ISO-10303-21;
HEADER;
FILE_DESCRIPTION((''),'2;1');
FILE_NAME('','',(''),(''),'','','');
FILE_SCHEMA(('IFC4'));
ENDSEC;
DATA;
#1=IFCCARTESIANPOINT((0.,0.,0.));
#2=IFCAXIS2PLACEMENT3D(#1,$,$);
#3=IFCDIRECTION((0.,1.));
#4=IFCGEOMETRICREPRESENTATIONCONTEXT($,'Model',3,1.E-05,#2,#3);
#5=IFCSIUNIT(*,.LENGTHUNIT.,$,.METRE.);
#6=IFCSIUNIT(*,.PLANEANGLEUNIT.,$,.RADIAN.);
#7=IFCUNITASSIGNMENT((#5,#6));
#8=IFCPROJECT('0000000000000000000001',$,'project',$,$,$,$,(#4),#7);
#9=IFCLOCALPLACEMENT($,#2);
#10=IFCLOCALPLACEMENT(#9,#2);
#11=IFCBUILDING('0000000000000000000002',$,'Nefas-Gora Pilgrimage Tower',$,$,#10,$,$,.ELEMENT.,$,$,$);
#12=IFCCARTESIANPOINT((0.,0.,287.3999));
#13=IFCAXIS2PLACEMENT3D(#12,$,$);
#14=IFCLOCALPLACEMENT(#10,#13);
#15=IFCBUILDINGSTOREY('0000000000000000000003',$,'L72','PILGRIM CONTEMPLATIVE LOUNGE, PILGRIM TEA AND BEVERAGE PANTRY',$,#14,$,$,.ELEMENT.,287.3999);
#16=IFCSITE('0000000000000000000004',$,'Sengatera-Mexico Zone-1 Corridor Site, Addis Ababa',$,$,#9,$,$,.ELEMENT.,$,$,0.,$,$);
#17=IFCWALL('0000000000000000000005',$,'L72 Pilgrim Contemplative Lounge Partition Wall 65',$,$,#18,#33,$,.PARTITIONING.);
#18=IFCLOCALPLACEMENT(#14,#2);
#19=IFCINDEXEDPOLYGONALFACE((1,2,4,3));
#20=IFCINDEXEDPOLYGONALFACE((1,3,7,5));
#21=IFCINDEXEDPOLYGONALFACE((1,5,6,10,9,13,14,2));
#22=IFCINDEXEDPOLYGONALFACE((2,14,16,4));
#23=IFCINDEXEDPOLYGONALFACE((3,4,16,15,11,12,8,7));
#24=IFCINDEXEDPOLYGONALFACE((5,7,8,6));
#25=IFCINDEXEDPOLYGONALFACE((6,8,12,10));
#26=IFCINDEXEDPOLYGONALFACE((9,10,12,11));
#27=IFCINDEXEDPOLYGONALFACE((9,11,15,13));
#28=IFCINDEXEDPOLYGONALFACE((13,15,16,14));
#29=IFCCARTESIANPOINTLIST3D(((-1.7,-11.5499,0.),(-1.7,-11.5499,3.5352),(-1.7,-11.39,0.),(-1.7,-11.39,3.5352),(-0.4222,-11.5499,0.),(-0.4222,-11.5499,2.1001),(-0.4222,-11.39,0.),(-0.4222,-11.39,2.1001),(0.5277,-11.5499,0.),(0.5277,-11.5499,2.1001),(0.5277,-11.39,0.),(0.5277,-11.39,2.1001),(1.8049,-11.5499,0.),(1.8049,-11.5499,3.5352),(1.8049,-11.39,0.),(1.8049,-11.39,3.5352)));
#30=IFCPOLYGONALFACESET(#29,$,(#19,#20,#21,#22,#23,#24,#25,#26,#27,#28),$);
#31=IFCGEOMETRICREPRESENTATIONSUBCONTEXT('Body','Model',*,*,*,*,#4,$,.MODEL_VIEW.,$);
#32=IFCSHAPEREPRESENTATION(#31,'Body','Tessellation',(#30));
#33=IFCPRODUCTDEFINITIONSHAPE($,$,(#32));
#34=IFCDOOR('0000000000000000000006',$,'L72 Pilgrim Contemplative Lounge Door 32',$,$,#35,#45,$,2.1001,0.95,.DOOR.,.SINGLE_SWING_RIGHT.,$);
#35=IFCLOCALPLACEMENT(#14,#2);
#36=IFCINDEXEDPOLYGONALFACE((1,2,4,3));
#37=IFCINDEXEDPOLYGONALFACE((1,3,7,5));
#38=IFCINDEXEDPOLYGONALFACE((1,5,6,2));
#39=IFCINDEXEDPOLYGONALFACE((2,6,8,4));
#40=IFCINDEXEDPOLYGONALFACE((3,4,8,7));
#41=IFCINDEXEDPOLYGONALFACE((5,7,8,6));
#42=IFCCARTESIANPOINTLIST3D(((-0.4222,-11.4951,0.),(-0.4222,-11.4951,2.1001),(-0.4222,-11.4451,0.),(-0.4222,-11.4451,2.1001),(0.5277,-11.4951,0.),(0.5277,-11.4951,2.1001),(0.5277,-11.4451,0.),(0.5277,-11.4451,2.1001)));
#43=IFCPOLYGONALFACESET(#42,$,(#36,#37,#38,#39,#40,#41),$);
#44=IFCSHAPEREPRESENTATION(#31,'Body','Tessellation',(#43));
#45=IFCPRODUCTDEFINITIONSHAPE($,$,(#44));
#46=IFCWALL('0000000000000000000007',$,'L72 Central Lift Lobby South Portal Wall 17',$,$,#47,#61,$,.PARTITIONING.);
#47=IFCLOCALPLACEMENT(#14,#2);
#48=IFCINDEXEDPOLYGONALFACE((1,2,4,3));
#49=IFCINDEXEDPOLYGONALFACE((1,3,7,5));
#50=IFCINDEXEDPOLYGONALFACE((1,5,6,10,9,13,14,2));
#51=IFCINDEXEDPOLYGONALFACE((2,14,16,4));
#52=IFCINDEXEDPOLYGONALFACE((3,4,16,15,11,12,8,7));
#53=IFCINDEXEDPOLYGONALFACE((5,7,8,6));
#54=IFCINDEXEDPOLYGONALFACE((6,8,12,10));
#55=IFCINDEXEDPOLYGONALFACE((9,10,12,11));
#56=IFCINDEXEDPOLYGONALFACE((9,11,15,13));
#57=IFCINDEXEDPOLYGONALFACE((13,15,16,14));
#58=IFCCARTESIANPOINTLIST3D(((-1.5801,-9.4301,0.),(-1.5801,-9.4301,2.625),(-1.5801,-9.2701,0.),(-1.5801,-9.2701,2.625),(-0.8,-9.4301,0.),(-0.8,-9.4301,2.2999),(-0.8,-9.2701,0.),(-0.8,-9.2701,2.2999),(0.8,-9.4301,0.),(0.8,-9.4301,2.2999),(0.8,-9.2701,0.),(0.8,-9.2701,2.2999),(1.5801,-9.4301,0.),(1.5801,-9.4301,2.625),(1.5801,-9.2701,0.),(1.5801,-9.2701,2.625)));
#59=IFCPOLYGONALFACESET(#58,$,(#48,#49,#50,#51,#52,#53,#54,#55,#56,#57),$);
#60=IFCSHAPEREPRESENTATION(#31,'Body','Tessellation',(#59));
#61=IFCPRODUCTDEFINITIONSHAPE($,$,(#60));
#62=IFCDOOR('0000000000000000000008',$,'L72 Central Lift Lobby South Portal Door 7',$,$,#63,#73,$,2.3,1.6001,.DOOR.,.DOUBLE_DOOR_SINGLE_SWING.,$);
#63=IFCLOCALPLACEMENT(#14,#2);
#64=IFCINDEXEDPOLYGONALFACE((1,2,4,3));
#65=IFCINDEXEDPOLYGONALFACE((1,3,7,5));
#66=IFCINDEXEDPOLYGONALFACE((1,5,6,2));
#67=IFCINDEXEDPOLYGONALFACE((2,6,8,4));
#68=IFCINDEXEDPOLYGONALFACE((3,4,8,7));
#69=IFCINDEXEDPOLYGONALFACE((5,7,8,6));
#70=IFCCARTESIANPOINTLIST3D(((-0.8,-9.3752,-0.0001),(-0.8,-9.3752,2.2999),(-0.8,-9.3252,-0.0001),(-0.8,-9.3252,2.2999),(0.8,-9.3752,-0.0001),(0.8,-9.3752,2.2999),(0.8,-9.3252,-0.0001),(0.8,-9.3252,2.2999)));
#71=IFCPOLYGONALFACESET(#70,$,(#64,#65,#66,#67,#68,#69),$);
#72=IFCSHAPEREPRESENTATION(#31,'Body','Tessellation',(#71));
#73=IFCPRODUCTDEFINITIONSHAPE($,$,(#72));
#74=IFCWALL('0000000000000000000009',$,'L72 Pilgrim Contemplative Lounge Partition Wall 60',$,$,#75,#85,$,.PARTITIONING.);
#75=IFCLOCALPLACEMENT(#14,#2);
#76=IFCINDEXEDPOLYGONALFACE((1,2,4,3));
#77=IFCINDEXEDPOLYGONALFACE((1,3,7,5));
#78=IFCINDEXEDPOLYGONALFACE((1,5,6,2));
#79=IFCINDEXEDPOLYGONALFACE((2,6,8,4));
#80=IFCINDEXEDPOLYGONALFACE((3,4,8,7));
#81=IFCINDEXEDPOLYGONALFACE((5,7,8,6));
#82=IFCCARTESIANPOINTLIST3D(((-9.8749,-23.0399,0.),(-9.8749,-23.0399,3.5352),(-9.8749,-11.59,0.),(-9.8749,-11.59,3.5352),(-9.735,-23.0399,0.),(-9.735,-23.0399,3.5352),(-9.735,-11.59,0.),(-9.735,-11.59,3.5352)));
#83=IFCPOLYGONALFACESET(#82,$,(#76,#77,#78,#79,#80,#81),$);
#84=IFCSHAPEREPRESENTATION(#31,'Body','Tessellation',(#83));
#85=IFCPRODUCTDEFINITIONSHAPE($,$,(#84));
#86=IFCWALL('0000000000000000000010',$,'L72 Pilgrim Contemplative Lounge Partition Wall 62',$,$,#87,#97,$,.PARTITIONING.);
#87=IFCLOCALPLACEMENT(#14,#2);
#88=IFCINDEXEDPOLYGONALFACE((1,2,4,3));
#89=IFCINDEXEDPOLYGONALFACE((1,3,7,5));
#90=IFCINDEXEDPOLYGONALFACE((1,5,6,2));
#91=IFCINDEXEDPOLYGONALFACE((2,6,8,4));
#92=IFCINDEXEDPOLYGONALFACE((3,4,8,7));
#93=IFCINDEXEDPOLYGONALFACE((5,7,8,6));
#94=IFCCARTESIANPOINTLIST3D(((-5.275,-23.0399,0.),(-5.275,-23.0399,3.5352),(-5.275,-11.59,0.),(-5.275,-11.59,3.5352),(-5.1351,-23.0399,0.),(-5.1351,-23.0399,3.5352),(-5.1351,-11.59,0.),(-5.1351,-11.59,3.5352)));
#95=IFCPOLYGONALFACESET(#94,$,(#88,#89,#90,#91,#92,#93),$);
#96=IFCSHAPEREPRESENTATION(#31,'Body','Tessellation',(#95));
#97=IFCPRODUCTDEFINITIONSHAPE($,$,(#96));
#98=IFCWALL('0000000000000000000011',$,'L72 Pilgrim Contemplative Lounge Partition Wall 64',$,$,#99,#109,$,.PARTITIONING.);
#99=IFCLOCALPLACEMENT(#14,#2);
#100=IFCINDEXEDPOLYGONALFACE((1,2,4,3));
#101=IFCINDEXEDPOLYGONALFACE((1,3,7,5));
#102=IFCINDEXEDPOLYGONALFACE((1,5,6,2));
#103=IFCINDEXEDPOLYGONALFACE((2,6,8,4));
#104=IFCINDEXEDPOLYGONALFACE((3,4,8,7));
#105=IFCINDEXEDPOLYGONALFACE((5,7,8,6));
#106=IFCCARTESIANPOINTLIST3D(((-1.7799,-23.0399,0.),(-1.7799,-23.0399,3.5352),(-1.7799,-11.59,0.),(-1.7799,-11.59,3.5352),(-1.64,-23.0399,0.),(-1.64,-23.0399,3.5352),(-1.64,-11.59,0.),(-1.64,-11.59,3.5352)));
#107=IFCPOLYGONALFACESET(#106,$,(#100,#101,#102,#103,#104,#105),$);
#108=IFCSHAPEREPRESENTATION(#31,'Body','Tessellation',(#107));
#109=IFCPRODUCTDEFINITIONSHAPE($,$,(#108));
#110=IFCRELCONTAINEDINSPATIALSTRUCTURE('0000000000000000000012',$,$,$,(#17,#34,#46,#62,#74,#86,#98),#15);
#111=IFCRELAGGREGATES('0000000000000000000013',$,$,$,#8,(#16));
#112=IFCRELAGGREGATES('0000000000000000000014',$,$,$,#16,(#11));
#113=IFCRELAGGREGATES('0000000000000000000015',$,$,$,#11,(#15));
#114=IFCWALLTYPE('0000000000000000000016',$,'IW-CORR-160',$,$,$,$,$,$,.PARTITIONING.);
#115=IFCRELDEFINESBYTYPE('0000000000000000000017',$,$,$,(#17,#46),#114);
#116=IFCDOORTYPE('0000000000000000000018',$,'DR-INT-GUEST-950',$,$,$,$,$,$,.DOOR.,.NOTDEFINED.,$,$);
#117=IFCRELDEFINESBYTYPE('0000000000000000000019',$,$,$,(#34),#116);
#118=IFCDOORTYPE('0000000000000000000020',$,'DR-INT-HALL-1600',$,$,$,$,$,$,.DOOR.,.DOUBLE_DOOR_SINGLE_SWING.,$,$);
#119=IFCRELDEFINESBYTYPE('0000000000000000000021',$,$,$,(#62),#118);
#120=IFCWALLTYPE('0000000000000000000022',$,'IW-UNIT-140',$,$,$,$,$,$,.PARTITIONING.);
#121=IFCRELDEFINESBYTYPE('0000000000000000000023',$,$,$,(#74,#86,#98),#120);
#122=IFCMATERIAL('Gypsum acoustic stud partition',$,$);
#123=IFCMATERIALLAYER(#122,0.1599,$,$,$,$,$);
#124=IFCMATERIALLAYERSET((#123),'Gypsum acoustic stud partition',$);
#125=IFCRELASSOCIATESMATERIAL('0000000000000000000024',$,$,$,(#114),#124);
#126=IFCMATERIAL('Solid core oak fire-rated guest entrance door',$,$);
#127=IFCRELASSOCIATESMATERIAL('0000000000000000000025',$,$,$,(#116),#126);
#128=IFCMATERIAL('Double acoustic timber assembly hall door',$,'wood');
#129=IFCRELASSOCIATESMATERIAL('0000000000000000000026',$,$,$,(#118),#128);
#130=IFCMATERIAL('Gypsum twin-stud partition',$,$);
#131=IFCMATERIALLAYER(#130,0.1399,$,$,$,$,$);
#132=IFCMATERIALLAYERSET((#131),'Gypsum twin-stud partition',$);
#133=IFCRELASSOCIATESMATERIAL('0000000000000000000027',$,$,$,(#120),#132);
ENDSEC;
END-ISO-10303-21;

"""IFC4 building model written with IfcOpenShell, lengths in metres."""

from ifc_helpers import new_model, si_unit, direction, frame, frame_2d, origin, place, context, subcontext, project, spatial, rectangle, extrude, source, transform, mapped, material, layer, layer_set, type_object, element, fill, save


model = new_model("IFC4")

# Units and contexts
model_context = context("Model", 3, precision=1e-05, world=origin(), true_north=direction((0.0, 1.0)))
body_context = subcontext(model_context, "Body", "Model", "MODEL_VIEW")
ifc_project = project(units=[si_unit("LENGTHUNIT", "METRE"), si_unit("PLANEANGLEUNIT", "RADIAN")], contexts=[model_context])

# Site, building, storey
site_placement = place(None, origin())
site = spatial("IfcSite", under=ifc_project, at=site_placement, Name="Sengatera-Mexico Zone-1 Corridor Site, Addis Ababa", CompositionType="ELEMENT", RefElevation=0.0)
building_placement = place(site_placement, origin())
building = spatial("IfcBuilding", under=site, at=building_placement, Name="Nefas-Gora Pilgrimage Tower", CompositionType="ELEMENT")
storey_placement = place(building_placement, frame((0.0, 0.0, 287.3999)))
storey = spatial("IfcBuildingStorey", under=building, at=storey_placement, Name="L72", Description="PILGRIM CONTEMPLATIVE LOUNGE, PILGRIM TEA AND BEVERAGE PANTRY", CompositionType="ELEMENT", Elevation=287.3999)

# Walls, openings, doors
ifc_material_1 = material(Name="Gypsum acoustic stud partition")
ifc_layer_1 = layer(ifc_material_1, 0.1599)
ifc_layer_set_1 = layer_set([ifc_layer_1], Name="Gypsum acoustic stud partition")
wall_type_1 = type_object("IfcWallType", Name="IW-CORR-160", PredefinedType="PARTITIONING", material=ifc_layer_set_1)
ifc_material_2 = material(Name="Solid core oak fire-rated guest entrance door")
door_type_1 = type_object("IfcDoorType", Name="DR-INT-GUEST-950", OperationType="NOTDEFINED", PredefinedType="DOOR", material=ifc_material_2)
shared_shape_1 = source(origin(), body_context, "Body", "SweptSolid", [
    extrude(rectangle(XDim=0.95, YDim=2.1001, at=frame_2d((0.4751, 1.05))), frame((0.0, 0.0249, 0.0), z_axis=(0.0, -1.0, 0.0), x_axis=(1.0, 0.0, 0.0)), (0.0, 0.0, 1.0), 0.05),
])
shared_shape_2 = source(origin(), body_context, "Body", "SweptSolid", [
    extrude(rectangle(XDim=3.5049, YDim=0.1599, at=frame_2d((1.7524, 0.0))), origin(), (0.0, 0.0, 1.0), 3.5352),
])
wall_1_placement = place(storey_placement, frame((-1.7, -11.47, 0.0), z_axis=(0.0, 0.0, 1.0), x_axis=(1.0, 0.0, 0.0)))
wall_1 = element("IfcWall", 1, at=wall_1_placement, inside=storey, type_object=wall_type_1, Name="L72 Pilgrim Contemplative Lounge Partition Wall 65", PredefinedType="PARTITIONING", context=body_context, shape_type="MappedRepresentation", body=[
    mapped(shared_shape_2, transform((0.0, 0.0, 0.0), x_axis=(1.0, 0.0, 0.0), y_axis=(0.0, 1.0, 0.0), z_axis=(0.0, 0.0, 1.0), scale=1.0)),
])
opening_1_placement = place(wall_1_placement, frame((1.2776, 0.0, 0.0)))
opening_1 = element("IfcOpeningElement", 2, at=opening_1_placement, cuts=wall_1, PredefinedType="OPENING", context=body_context, shape_type="SweptSolid", body=[
    extrude(rectangle(XDim=0.95, YDim=2.1001, at=frame_2d((0.4751, 1.05))), frame((0.0, 0.0898, 0.0), z_axis=(0.0, -1.0, 0.0), x_axis=(1.0, 0.0, 0.0)), (0.0, 0.0, 1.0), 0.1799),
])
door_1_placement = place(opening_1_placement, origin())
door_1 = element("IfcDoor", 3, at=door_1_placement, inside=storey, type_object=door_type_1, Name="L72 Pilgrim Contemplative Lounge Door 32", OperationType="SINGLE_SWING_RIGHT", OverallHeight=2.1001, OverallWidth=0.95, PredefinedType="DOOR", context=body_context, shape_type="MappedRepresentation", body=[
    mapped(shared_shape_1, transform((0.0, 0.0, 0.0), x_axis=(1.0, 0.0, 0.0), y_axis=(0.0, 1.0, 0.0), z_axis=(0.0, 0.0, 1.0), scale=1.0)),
])
fill(opening_1, door_1)
shared_shape_3 = source(origin(), body_context, "Body", "SweptSolid", [
    extrude(rectangle(XDim=3.1602, YDim=0.1599, at=frame_2d((1.5801, 0.0))), origin(), (0.0, 0.0, 1.0), 2.625),
])
wall_2_placement = place(storey_placement, frame((-1.5801, -9.3501, 0.0), z_axis=(0.0, 0.0, 1.0), x_axis=(1.0, 0.0, 0.0)))
wall_2 = element("IfcWall", 4, at=wall_2_placement, inside=storey, type_object=wall_type_1, Name="L72 Central Lift Lobby South Portal Wall 17", PredefinedType="PARTITIONING", context=body_context, shape_type="MappedRepresentation", body=[
    mapped(shared_shape_3, transform((0.0, 0.0, 0.0), x_axis=(1.0, 0.0, 0.0), y_axis=(0.0, 1.0, 0.0), z_axis=(0.0, 0.0, 1.0), scale=1.0)),
])
opening_2_placement = place(wall_2_placement, frame((0.78, 0.0, 0.0)))
opening_2 = element("IfcOpeningElement", 5, at=opening_2_placement, cuts=wall_2, PredefinedType="OPENING", context=body_context, shape_type="SweptSolid", body=[
    extrude(rectangle(XDim=1.6001, YDim=2.3, at=frame_2d((0.8, 1.1499))), frame((0.0, 0.0898, 0.0), z_axis=(0.0, -1.0, 0.0), x_axis=(1.0, 0.0, 0.0)), (0.0, 0.0, 1.0), 0.1799),
])
ifc_material_3 = material(Name="Double acoustic timber assembly hall door", Category="wood")
door_type_2 = type_object("IfcDoorType", Name="DR-INT-HALL-1600", OperationType="DOUBLE_DOOR_SINGLE_SWING", PredefinedType="DOOR", material=ifc_material_3)
shared_shape_4 = source(origin(), body_context, "Body", "SweptSolid", [
    extrude(rectangle(XDim=1.6001, YDim=2.3, at=frame_2d((0.8, 1.1499))), frame((0.0, 0.0249, 0.0), z_axis=(0.0, -1.0, 0.0), x_axis=(1.0, 0.0, 0.0)), (0.0, 0.0, 1.0), 0.05),
])
door_2_placement = place(opening_2_placement, origin())
door_2 = element("IfcDoor", 6, at=door_2_placement, inside=storey, type_object=door_type_2, Name="L72 Central Lift Lobby South Portal Door 7", OperationType="DOUBLE_DOOR_SINGLE_SWING", OverallHeight=2.3, OverallWidth=1.6001, PredefinedType="DOOR", context=body_context, shape_type="MappedRepresentation", body=[
    mapped(shared_shape_4, transform((0.0, 0.0, 0.0), x_axis=(1.0, 0.0, 0.0), y_axis=(0.0, 1.0, 0.0), z_axis=(0.0, 0.0, 1.0), scale=1.0)),
])
fill(opening_2, door_2)

# Walls
ifc_material_4 = material(Name="Gypsum twin-stud partition")
ifc_layer_2 = layer(ifc_material_4, 0.1399)
ifc_layer_set_2 = layer_set([ifc_layer_2], Name="Gypsum twin-stud partition")
wall_type_2 = type_object("IfcWallType", Name="IW-UNIT-140", PredefinedType="PARTITIONING", material=ifc_layer_set_2)
shared_shape_5 = source(origin(), body_context, "Body", "SweptSolid", [
    extrude(rectangle(XDim=11.45, YDim=0.1399, at=frame_2d((5.7251, 0.0))), origin(), (0.0, 0.0, 1.0), 3.5352),
])
for number, where, z_axis, x_axis, name in (
    (7, (-9.8049, -23.04, 0.0), (0.0, 0.0, 1.0), (0.0, 1.0, 0.0), "L72 Pilgrim Contemplative Lounge Partition Wall 60"),
    (8, (-5.2051, -23.04, 0.0), (0.0, 0.0, 1.0), (0.0, 1.0, 0.0), "L72 Pilgrim Contemplative Lounge Partition Wall 62"),
    (9, (-1.71, -23.04, 0.0), (0.0, 0.0, 1.0), (0.0, 1.0, 0.0), "L72 Pilgrim Contemplative Lounge Partition Wall 64"),
):
    element("IfcWall", number, at=place(storey_placement, frame(where, z_axis=z_axis, x_axis=x_axis)), inside=storey, type_object=wall_type_2, Name=name, PredefinedType="PARTITIONING", context=body_context, shape_type="MappedRepresentation", body=[
        mapped(shared_shape_5, transform((0.0, 0.0, 0.0), x_axis=(1.0, 0.0, 0.0), y_axis=(0.0, 1.0, 0.0), z_axis=(0.0, 0.0, 1.0), scale=1.0)),
    ])

save(model, "model.ifc")
